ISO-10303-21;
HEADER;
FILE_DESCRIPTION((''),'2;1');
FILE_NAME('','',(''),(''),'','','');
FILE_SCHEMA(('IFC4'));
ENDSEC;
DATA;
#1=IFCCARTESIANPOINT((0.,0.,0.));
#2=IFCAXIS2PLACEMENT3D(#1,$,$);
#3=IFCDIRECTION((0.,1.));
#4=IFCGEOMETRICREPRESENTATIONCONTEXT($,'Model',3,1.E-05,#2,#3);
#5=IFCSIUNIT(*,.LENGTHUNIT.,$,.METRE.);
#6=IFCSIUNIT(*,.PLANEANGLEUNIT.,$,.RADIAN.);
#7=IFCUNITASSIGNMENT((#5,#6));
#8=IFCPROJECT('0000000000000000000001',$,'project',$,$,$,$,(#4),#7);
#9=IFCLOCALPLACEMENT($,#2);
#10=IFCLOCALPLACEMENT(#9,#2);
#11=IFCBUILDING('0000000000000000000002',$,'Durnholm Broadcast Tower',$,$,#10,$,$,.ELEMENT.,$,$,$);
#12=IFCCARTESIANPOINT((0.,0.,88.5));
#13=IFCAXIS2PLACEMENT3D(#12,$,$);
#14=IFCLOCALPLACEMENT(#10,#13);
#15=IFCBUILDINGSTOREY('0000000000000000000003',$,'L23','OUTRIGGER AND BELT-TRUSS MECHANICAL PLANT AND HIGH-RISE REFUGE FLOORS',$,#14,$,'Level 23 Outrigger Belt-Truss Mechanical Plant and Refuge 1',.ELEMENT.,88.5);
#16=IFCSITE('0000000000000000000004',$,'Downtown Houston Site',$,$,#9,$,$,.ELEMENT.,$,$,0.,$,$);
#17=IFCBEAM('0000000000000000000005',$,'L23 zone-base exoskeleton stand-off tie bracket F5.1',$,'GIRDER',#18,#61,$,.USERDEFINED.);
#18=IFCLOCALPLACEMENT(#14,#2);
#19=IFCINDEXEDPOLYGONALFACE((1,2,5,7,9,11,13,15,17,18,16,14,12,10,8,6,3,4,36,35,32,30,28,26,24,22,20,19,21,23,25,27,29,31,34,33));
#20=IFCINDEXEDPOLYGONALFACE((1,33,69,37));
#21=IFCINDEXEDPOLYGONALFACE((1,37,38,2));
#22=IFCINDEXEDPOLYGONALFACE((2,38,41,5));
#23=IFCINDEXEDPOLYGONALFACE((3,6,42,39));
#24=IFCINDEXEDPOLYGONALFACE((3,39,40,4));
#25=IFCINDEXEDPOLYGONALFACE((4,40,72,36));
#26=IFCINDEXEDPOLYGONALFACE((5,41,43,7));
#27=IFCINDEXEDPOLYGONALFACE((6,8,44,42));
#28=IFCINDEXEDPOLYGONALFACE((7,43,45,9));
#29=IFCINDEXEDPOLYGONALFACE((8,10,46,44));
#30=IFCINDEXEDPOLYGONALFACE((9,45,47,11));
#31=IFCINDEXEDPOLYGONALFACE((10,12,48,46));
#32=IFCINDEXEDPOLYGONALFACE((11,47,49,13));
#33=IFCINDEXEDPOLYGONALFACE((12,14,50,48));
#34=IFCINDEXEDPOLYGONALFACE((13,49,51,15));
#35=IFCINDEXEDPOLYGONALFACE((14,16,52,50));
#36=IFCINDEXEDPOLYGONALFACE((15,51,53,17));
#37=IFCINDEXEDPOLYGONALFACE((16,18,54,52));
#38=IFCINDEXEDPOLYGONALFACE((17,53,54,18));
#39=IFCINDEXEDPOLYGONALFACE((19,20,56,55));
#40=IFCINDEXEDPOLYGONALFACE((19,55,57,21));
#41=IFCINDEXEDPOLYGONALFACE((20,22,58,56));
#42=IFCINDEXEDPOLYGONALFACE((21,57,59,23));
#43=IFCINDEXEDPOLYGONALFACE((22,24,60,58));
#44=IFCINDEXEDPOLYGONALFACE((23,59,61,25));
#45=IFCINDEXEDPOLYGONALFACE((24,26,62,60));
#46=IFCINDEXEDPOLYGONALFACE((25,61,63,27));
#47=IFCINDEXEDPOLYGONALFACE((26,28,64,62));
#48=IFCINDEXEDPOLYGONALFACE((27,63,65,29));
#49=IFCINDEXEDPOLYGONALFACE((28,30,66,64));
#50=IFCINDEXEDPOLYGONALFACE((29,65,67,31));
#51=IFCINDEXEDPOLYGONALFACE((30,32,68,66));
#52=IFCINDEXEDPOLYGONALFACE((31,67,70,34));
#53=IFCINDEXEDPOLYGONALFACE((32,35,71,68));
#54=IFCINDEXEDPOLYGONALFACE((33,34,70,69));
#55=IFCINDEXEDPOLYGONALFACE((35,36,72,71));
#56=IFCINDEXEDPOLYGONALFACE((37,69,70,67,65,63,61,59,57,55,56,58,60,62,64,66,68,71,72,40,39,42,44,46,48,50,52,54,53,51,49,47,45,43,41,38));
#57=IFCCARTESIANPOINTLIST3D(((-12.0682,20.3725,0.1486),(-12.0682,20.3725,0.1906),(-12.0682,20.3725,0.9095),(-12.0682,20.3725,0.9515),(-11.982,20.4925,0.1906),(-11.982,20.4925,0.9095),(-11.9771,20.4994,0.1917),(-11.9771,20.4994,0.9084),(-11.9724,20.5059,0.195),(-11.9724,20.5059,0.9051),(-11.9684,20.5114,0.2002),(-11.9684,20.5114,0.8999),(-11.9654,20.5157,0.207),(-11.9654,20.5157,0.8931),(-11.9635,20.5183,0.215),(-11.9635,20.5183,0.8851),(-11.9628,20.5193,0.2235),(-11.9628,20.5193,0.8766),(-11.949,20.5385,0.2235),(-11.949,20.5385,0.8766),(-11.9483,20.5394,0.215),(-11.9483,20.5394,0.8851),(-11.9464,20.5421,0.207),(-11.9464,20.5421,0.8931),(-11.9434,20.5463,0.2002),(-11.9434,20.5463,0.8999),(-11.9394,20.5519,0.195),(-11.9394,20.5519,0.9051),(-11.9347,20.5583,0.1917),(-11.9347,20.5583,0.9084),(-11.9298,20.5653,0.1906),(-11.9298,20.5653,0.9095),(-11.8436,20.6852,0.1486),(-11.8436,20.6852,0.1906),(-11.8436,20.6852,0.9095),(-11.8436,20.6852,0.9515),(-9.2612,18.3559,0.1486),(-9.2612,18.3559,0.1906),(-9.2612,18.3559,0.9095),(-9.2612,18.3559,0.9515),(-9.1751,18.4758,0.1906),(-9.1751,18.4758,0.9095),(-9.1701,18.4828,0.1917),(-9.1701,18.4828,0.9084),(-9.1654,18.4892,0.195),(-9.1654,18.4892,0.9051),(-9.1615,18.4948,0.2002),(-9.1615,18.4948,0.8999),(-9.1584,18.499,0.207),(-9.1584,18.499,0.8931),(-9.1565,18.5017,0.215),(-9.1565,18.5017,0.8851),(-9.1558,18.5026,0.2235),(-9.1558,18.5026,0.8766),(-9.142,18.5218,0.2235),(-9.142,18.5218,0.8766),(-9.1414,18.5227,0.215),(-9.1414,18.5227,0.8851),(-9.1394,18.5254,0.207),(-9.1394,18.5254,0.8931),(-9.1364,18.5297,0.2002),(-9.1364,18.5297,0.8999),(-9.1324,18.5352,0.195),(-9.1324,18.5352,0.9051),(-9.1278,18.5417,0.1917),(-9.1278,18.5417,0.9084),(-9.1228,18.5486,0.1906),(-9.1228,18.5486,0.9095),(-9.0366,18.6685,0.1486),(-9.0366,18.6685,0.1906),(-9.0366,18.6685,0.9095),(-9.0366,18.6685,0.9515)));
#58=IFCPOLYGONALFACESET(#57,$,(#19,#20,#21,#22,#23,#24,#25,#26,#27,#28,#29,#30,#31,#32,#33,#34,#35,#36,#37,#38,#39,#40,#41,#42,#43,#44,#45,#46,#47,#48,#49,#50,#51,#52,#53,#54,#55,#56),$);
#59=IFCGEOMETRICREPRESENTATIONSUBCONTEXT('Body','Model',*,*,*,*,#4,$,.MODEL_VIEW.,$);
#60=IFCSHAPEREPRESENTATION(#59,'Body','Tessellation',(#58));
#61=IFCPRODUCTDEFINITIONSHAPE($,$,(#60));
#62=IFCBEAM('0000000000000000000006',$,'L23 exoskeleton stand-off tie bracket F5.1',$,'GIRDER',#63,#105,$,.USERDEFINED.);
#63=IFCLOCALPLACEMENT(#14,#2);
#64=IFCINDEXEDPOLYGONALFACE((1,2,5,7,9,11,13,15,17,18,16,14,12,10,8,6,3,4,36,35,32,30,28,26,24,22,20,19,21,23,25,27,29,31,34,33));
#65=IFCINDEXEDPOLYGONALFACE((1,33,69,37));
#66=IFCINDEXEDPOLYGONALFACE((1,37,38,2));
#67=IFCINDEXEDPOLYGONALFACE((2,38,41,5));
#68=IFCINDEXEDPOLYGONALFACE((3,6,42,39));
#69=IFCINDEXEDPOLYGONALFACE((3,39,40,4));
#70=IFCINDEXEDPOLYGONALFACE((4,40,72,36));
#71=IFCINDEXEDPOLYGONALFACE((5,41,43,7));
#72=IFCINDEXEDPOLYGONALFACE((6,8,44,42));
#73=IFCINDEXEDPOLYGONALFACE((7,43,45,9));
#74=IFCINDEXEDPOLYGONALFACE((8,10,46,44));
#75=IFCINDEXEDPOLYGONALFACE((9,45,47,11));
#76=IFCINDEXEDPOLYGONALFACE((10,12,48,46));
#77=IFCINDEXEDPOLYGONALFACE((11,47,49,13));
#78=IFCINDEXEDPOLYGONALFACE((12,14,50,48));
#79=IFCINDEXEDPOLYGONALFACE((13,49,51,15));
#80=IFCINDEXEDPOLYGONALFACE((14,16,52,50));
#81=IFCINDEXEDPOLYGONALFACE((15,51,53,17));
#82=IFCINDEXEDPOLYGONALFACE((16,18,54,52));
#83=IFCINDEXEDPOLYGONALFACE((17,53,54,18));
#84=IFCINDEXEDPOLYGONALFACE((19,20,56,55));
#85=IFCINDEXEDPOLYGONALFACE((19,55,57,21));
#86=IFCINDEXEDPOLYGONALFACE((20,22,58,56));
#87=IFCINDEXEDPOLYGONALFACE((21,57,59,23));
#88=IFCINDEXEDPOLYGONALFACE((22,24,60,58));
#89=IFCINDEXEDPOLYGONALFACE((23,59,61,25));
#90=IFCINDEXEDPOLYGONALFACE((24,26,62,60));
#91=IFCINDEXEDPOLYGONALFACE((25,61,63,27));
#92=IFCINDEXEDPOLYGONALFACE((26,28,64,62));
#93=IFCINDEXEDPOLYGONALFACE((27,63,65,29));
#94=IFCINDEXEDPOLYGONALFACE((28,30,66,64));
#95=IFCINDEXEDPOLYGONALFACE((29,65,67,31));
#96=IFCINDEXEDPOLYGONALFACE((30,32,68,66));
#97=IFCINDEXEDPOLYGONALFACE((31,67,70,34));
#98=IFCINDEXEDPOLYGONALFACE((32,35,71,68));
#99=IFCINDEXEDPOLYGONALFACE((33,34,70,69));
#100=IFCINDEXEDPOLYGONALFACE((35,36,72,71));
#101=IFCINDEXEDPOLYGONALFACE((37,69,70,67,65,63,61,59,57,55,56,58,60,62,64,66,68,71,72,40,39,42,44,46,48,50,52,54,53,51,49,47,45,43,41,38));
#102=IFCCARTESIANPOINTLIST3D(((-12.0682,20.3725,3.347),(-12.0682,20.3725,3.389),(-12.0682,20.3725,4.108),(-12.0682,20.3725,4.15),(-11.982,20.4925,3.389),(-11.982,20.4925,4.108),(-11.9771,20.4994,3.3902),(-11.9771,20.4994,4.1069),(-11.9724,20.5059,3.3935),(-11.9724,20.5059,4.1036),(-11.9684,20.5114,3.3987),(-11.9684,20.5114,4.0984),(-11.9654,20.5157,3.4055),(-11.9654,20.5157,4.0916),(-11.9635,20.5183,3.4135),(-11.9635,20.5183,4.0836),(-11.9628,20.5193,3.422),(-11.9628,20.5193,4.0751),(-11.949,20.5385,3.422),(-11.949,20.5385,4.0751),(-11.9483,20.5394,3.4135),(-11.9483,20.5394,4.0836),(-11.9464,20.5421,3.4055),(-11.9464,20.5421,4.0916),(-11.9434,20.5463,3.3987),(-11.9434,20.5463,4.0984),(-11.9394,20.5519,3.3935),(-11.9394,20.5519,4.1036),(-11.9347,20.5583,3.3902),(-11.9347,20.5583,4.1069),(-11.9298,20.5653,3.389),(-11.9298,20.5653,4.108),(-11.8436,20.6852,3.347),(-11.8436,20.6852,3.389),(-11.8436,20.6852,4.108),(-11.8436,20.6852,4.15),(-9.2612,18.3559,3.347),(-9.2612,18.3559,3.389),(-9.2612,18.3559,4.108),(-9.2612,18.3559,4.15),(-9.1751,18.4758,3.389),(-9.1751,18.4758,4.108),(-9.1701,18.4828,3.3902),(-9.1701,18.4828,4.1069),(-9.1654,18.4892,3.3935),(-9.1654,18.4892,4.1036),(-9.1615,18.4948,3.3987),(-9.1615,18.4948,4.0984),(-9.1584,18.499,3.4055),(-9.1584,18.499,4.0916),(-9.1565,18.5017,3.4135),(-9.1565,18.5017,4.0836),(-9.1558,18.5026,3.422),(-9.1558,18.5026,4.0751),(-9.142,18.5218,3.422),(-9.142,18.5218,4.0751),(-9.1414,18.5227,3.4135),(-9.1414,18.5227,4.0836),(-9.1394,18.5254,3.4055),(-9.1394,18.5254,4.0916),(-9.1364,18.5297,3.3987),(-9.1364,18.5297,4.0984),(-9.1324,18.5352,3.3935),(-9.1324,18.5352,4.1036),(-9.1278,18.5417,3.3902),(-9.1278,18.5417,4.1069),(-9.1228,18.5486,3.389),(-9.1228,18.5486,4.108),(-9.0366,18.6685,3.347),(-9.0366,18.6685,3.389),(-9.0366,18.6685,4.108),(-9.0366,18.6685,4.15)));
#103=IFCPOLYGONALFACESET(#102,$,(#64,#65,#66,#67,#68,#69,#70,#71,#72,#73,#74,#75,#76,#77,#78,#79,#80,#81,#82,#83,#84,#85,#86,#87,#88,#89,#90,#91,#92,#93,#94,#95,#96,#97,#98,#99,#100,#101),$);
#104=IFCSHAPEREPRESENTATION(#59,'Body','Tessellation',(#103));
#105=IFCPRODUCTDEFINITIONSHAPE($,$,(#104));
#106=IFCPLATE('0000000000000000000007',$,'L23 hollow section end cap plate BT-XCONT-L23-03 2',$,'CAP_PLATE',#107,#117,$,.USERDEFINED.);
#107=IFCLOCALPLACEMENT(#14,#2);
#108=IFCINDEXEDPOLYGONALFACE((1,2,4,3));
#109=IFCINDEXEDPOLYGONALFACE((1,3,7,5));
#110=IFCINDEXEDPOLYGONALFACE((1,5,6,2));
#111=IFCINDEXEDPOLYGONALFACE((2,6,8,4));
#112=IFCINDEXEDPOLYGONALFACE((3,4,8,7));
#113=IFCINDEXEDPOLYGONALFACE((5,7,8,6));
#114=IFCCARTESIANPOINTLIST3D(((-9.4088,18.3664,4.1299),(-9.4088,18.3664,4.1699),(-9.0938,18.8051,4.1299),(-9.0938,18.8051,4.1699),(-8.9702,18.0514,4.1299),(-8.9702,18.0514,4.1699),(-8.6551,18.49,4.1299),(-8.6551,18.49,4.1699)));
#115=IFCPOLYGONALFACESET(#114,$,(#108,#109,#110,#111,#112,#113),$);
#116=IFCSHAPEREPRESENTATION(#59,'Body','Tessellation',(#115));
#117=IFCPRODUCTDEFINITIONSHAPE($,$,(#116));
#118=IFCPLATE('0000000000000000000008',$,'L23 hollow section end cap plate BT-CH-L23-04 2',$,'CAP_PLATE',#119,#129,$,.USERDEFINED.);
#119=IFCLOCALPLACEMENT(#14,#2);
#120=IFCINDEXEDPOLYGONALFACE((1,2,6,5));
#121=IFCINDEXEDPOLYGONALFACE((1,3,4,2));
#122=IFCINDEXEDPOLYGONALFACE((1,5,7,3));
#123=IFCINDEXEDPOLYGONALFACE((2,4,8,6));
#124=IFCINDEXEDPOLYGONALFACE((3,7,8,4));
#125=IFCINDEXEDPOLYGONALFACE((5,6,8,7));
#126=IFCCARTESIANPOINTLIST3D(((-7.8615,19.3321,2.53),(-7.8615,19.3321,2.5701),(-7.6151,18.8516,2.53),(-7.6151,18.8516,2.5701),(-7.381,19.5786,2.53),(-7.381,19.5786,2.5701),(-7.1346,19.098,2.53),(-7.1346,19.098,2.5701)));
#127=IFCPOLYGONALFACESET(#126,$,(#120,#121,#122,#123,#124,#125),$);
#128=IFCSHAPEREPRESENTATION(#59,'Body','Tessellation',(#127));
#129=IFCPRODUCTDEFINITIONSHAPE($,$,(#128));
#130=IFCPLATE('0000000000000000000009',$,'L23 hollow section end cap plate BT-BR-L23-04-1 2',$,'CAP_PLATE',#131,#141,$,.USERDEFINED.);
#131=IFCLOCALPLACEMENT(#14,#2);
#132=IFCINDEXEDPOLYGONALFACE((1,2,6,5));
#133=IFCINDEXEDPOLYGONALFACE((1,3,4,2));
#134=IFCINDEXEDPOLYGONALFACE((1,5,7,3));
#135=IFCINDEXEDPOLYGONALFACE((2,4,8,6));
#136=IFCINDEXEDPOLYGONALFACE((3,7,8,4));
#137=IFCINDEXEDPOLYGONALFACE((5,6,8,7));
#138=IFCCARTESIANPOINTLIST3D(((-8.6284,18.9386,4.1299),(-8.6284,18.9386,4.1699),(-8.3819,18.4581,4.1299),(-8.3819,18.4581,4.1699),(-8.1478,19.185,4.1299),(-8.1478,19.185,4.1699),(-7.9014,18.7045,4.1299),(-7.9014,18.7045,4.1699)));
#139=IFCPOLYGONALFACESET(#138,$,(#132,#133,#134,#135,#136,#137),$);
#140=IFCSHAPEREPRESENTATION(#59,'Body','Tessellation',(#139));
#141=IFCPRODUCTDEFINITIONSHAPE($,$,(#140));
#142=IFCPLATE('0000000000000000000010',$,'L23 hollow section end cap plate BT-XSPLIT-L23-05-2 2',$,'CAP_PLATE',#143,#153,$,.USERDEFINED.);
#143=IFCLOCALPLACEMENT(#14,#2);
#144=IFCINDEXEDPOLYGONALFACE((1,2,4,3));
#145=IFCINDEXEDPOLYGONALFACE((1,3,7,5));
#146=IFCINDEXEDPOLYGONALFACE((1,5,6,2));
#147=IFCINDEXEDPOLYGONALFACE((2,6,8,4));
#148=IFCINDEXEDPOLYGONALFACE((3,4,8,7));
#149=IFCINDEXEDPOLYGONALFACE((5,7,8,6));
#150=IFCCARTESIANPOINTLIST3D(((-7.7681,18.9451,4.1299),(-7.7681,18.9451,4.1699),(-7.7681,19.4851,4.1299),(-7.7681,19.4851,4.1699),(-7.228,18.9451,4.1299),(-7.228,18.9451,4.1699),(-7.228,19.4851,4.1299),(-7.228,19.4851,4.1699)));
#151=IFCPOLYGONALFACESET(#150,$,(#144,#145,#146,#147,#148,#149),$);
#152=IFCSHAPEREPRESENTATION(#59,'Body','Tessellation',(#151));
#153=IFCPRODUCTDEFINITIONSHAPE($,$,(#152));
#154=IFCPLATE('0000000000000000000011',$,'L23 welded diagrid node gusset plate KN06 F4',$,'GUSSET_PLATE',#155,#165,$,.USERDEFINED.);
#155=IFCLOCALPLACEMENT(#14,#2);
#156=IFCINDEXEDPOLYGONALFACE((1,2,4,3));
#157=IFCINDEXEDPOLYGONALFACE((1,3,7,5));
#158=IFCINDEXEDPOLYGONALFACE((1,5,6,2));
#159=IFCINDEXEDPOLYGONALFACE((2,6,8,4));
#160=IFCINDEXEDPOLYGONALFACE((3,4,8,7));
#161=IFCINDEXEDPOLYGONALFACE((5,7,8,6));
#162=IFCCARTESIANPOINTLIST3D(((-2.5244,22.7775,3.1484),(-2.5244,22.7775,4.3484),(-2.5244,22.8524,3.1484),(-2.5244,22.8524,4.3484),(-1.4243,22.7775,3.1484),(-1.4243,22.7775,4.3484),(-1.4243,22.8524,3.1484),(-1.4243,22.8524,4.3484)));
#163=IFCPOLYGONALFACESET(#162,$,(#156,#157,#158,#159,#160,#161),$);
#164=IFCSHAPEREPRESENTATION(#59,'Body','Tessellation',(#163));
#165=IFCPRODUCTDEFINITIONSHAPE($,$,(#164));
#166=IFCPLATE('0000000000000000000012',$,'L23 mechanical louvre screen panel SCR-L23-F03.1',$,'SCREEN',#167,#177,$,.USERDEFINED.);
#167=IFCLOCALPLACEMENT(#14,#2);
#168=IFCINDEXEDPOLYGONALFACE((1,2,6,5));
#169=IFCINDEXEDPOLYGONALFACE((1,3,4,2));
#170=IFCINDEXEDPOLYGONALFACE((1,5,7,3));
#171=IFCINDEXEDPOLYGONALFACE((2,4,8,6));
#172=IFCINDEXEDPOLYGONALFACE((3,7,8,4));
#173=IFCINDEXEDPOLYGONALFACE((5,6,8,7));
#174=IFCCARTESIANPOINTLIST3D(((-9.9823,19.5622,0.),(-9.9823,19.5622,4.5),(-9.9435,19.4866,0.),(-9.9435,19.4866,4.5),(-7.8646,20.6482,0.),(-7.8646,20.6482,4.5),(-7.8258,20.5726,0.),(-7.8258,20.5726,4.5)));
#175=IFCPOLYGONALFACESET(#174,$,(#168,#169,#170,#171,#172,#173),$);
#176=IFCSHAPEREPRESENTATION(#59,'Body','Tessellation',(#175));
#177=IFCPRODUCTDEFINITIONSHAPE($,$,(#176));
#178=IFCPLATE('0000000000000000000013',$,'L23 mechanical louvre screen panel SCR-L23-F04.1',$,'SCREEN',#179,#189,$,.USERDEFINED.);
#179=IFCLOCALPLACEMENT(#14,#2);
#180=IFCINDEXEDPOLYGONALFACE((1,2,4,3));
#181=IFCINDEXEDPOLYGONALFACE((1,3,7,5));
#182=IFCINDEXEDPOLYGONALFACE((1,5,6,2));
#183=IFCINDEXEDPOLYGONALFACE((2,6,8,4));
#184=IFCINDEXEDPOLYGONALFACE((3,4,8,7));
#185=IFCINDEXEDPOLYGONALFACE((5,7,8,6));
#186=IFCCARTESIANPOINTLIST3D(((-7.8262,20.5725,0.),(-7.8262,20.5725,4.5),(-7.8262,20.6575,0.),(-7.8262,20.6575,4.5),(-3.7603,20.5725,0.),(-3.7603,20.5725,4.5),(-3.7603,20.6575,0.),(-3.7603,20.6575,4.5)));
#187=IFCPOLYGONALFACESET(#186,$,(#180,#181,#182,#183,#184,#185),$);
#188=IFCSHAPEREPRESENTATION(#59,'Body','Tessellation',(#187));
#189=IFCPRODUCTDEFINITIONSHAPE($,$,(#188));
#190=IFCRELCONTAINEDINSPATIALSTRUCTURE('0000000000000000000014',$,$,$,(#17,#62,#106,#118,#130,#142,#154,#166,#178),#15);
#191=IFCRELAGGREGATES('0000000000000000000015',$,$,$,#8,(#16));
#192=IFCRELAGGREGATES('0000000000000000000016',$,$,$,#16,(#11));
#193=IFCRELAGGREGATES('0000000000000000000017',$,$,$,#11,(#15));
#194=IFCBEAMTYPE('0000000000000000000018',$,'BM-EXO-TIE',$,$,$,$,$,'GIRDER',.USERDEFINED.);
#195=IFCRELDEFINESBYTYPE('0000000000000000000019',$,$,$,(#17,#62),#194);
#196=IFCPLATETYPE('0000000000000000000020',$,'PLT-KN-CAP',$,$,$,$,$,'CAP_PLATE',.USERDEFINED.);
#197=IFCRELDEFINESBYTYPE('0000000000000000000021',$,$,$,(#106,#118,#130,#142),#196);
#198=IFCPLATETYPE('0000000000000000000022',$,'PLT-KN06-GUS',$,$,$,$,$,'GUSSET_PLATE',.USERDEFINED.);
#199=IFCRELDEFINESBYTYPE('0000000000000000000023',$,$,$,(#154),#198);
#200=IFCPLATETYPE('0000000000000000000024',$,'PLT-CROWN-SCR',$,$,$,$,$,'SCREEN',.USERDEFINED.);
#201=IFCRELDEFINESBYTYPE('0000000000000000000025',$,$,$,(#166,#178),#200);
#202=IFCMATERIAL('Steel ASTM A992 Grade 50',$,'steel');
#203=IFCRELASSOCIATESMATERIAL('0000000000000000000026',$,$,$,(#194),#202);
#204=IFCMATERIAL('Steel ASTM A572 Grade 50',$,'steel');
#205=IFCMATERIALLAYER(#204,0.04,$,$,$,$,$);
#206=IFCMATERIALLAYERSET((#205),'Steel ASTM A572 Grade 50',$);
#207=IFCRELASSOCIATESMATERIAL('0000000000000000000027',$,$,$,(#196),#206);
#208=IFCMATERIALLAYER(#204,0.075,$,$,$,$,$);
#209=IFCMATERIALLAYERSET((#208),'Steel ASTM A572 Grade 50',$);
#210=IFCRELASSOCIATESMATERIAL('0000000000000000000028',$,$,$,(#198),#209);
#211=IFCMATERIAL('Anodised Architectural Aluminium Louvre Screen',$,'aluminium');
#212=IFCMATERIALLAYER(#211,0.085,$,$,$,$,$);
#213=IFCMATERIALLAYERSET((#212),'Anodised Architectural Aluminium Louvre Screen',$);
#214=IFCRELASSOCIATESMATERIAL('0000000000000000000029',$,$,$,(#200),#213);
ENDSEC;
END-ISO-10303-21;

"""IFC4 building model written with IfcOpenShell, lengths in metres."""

from ifc_helpers import new_model, si_unit, direction, frame, origin, origin_2d, place, context, subcontext, project, spatial, rectangle, i_section, extrude, source, transform, mapped, material, layer, layer_set, material_profile, profile_set, type_object, type_shapes, element, save


model = new_model("IFC4")

# Units and contexts
model_context = context("Model", 3, precision=1e-05, world=origin(), true_north=direction((0.0, 1.0)))
body_context = subcontext(model_context, "Body", "Model", "MODEL_VIEW")
ifc_project = project(units=[si_unit("LENGTHUNIT", "METRE"), si_unit("PLANEANGLEUNIT", "RADIAN")], contexts=[model_context])

# Site, building, storey
site_placement = place(None, origin())
site = spatial("IfcSite", under=ifc_project, at=site_placement, Name="Downtown Houston Site", CompositionType="ELEMENT", RefElevation=0.0)
building_placement = place(site_placement, origin())
building = spatial("IfcBuilding", under=site, at=building_placement, Name="Durnholm Broadcast Tower", CompositionType="ELEMENT")
storey_placement = place(building_placement, frame((0.0, 0.0, 88.5)))
storey = spatial("IfcBuildingStorey", under=building, at=storey_placement, Name="L23", Description="OUTRIGGER AND BELT-TRUSS MECHANICAL PLANT AND HIGH-RISE REFUGE FLOORS", LongName="Level 23 Outrigger Belt-Truss Mechanical Plant and Refuge 1", CompositionType="ELEMENT", Elevation=88.5)

# Shared definitions
ifc_material_1 = material(Name="Steel ASTM A992 Grade 50", Category="steel")
ifc_material_profile_1 = material_profile(ifc_material_1, i_section(OverallWidth=0.385, OverallDepth=0.803, WebThickness=0.0237, FlangeThickness=0.042, FilletRadius=0.033, at=origin_2d()), Name="W30X261")
ifc_profile_set_1 = profile_set([ifc_material_profile_1], Name="Steel ASTM A992 Grade 50")
beam_type_1 = type_object("IfcBeamType", Name="BM-EXO-TIE", ElementType="GIRDER", PredefinedType="USERDEFINED", material=ifc_profile_set_1)

# Beams
shared_shape_1 = source(origin(), body_context, "Body", "SweptSolid", [
    extrude(i_section(OverallWidth=0.385, OverallDepth=0.803, WebThickness=0.0237, FlangeThickness=0.042, FilletRadius=0.033, at=origin_2d()), origin(), (0.0, 0.0, 1.0), 3.4563),
])
for number, where, z_axis, x_axis, name in (
    (1, (-9.1489, 18.5122, 0.55), (-0.812131, 0.583474, 0.0), (-0.583474, -0.812131, 0.0), "L23 zone-base exoskeleton stand-off tie bracket F5.1"),
    (2, (-9.1489, 18.5122, 3.7485), (-0.812131, 0.583474, 0.0), (-0.583474, -0.812131, 0.0), "L23 exoskeleton stand-off tie bracket F5.1"),
):
    element("IfcBeam", number, at=place(storey_placement, frame(where, z_axis=z_axis, x_axis=x_axis)), inside=storey, type_object=beam_type_1, Name=name, ObjectType="GIRDER", PredefinedType="USERDEFINED", context=body_context, shape_type="MappedRepresentation", body=[
        mapped(shared_shape_1, transform((0.0, 0.0, 0.0), x_axis=(1.0, 0.0, 0.0), y_axis=(0.0, 1.0, 0.0), z_axis=(0.0, 0.0, 1.0), scale=1.0)),
    ])

# Plates
ifc_material_2 = material(Name="Steel ASTM A572 Grade 50", Category="steel")
ifc_layer_1 = layer(ifc_material_2, 0.04)
ifc_layer_set_1 = layer_set([ifc_layer_1], Name="Steel ASTM A572 Grade 50")
plate_type_1 = type_object("IfcPlateType", Name="PLT-KN-CAP", ElementType="CAP_PLATE", PredefinedType="USERDEFINED", material=ifc_layer_set_1)
shared_shape_2 = source(origin(), body_context, "Body", "SweptSolid", [
    extrude(rectangle(XDim=0.54, YDim=0.54, at=origin_2d()), origin(), (0.0, 0.0, 1.0), 0.04),
])
type_shapes(plate_type_1, [shared_shape_2])
for number, where, z_axis, x_axis, name in (
    (3, (-9.032, 18.4282, 4.1299), (0.0, 0.0, 1.0), (0.583399, 0.812185, 0.0), "L23 hollow section end cap plate BT-XCONT-L23-03 2"),
    (4, (-7.498, 19.2151, 2.53), (0.0, 0.0, 1.0), (0.889815, 0.456322, 0.0), "L23 hollow section end cap plate BT-CH-L23-04 2"),
    (5, (-8.2649, 18.8215, 4.1299), (0.0, 0.0, 1.0), (0.889815, 0.456322, 0.0), "L23 hollow section end cap plate BT-BR-L23-04-1 2"),
    (6, (-7.498, 19.2151, 4.1299), (0.0, 0.0, 1.0), (-1.0, 0.0, 0.0), "L23 hollow section end cap plate BT-XSPLIT-L23-05-2 2"),
):
    element("IfcPlate", number, at=place(storey_placement, frame(where, z_axis=z_axis, x_axis=x_axis)), inside=storey, type_object=plate_type_1, Name=name, ObjectType="CAP_PLATE", PredefinedType="USERDEFINED", context=body_context, shape_type="MappedRepresentation", body=[
        mapped(shared_shape_2, transform((0.0, 0.0, 0.0), x_axis=(1.0, 0.0, 0.0), y_axis=(0.0, 1.0, 0.0), z_axis=(0.0, 0.0, 1.0), scale=1.0)),
    ])
ifc_layer_2 = layer(ifc_material_2, 0.075)
ifc_layer_set_2 = layer_set([ifc_layer_2], Name="Steel ASTM A572 Grade 50")
plate_type_2 = type_object("IfcPlateType", Name="PLT-KN06-GUS", ElementType="GUSSET_PLATE", PredefinedType="USERDEFINED", material=ifc_layer_set_2)
shared_shape_3 = source(origin(), body_context, "Body", "SweptSolid", [
    extrude(rectangle(XDim=1.1001, YDim=0.075, at=origin_2d()), origin(), (0.0, 0.0, 1.0), 1.2),
])
type_shapes(plate_type_2, [shared_shape_3])
plate_1_placement = place(storey_placement, frame((-1.9744, 22.8149, 3.1484), z_axis=(0.0, 0.0, 1.0), x_axis=(-1.0, 0.0, 0.0)))
element("IfcPlate", 7, at=plate_1_placement, inside=storey, type_object=plate_type_2, Name="L23 welded diagrid node gusset plate KN06 F4", ObjectType="GUSSET_PLATE", PredefinedType="USERDEFINED", context=body_context, shape_type="MappedRepresentation", body=[
    mapped(shared_shape_3, transform((0.0, 0.0, 0.0), x_axis=(1.0, 0.0, 0.0), y_axis=(0.0, 1.0, 0.0), z_axis=(0.0, 0.0, 1.0), scale=1.0)),
])
ifc_material_3 = material(Name="Anodised Architectural Aluminium Louvre Screen", Category="aluminium")
ifc_layer_3 = layer(ifc_material_3, 0.085)
ifc_layer_set_3 = layer_set([ifc_layer_3], Name="Anodised Architectural Aluminium Louvre Screen")
plate_type_3 = type_object("IfcPlateType", Name="PLT-CROWN-SCR", ElementType="SCREEN", PredefinedType="USERDEFINED", material=ifc_layer_set_3)
shared_shape_4 = source(origin(), body_context, "Body", "SweptSolid", [
    extrude(rectangle(XDim=2.3799, YDim=0.085, at=origin_2d()), origin(), (0.0, 0.0, 1.0), 4.5),
])
plate_2_placement = place(storey_placement, frame((-8.9041, 20.0674, 0.0), z_axis=(0.0, 0.0, 1.0), x_axis=(0.889815, 0.456322, 0.0)))
element("IfcPlate", 8, at=plate_2_placement, inside=storey, type_object=plate_type_3, Name="L23 mechanical louvre screen panel SCR-L23-F03.1", ObjectType="SCREEN", PredefinedType="USERDEFINED", context=body_context, shape_type="MappedRepresentation", body=[
    mapped(shared_shape_4, transform((0.0, 0.0, 0.0), x_axis=(1.0, 0.0, 0.0), y_axis=(0.0, 1.0, 0.0), z_axis=(0.0, 0.0, 1.0), scale=1.0)),
])
shared_shape_5 = source(origin(), body_context, "Body", "SweptSolid", [
    extrude(rectangle(XDim=4.0659, YDim=0.085, at=origin_2d()), origin(), (0.0, 0.0, 1.0), 4.5),
])
type_shapes(plate_type_3, [shared_shape_4, shared_shape_5])
for number, where, z_axis, x_axis, name in (
    (9, (-5.7932, 20.615, 0.0), (0.0, 0.0, 1.0), (1.0, 0.0, 0.0), "L23 mechanical louvre screen panel SCR-L23-F04.1"),
):
    element("IfcPlate", number, at=place(storey_placement, frame(where, z_axis=z_axis, x_axis=x_axis)), inside=storey, type_object=plate_type_3, Name=name, ObjectType="SCREEN", PredefinedType="USERDEFINED", context=body_context, shape_type="MappedRepresentation", body=[
        mapped(shared_shape_5, transform((0.0, 0.0, 0.0), x_axis=(1.0, 0.0, 0.0), y_axis=(0.0, 1.0, 0.0), z_axis=(0.0, 0.0, 1.0), scale=1.0)),
    ])

save(model, "model.ifc")
